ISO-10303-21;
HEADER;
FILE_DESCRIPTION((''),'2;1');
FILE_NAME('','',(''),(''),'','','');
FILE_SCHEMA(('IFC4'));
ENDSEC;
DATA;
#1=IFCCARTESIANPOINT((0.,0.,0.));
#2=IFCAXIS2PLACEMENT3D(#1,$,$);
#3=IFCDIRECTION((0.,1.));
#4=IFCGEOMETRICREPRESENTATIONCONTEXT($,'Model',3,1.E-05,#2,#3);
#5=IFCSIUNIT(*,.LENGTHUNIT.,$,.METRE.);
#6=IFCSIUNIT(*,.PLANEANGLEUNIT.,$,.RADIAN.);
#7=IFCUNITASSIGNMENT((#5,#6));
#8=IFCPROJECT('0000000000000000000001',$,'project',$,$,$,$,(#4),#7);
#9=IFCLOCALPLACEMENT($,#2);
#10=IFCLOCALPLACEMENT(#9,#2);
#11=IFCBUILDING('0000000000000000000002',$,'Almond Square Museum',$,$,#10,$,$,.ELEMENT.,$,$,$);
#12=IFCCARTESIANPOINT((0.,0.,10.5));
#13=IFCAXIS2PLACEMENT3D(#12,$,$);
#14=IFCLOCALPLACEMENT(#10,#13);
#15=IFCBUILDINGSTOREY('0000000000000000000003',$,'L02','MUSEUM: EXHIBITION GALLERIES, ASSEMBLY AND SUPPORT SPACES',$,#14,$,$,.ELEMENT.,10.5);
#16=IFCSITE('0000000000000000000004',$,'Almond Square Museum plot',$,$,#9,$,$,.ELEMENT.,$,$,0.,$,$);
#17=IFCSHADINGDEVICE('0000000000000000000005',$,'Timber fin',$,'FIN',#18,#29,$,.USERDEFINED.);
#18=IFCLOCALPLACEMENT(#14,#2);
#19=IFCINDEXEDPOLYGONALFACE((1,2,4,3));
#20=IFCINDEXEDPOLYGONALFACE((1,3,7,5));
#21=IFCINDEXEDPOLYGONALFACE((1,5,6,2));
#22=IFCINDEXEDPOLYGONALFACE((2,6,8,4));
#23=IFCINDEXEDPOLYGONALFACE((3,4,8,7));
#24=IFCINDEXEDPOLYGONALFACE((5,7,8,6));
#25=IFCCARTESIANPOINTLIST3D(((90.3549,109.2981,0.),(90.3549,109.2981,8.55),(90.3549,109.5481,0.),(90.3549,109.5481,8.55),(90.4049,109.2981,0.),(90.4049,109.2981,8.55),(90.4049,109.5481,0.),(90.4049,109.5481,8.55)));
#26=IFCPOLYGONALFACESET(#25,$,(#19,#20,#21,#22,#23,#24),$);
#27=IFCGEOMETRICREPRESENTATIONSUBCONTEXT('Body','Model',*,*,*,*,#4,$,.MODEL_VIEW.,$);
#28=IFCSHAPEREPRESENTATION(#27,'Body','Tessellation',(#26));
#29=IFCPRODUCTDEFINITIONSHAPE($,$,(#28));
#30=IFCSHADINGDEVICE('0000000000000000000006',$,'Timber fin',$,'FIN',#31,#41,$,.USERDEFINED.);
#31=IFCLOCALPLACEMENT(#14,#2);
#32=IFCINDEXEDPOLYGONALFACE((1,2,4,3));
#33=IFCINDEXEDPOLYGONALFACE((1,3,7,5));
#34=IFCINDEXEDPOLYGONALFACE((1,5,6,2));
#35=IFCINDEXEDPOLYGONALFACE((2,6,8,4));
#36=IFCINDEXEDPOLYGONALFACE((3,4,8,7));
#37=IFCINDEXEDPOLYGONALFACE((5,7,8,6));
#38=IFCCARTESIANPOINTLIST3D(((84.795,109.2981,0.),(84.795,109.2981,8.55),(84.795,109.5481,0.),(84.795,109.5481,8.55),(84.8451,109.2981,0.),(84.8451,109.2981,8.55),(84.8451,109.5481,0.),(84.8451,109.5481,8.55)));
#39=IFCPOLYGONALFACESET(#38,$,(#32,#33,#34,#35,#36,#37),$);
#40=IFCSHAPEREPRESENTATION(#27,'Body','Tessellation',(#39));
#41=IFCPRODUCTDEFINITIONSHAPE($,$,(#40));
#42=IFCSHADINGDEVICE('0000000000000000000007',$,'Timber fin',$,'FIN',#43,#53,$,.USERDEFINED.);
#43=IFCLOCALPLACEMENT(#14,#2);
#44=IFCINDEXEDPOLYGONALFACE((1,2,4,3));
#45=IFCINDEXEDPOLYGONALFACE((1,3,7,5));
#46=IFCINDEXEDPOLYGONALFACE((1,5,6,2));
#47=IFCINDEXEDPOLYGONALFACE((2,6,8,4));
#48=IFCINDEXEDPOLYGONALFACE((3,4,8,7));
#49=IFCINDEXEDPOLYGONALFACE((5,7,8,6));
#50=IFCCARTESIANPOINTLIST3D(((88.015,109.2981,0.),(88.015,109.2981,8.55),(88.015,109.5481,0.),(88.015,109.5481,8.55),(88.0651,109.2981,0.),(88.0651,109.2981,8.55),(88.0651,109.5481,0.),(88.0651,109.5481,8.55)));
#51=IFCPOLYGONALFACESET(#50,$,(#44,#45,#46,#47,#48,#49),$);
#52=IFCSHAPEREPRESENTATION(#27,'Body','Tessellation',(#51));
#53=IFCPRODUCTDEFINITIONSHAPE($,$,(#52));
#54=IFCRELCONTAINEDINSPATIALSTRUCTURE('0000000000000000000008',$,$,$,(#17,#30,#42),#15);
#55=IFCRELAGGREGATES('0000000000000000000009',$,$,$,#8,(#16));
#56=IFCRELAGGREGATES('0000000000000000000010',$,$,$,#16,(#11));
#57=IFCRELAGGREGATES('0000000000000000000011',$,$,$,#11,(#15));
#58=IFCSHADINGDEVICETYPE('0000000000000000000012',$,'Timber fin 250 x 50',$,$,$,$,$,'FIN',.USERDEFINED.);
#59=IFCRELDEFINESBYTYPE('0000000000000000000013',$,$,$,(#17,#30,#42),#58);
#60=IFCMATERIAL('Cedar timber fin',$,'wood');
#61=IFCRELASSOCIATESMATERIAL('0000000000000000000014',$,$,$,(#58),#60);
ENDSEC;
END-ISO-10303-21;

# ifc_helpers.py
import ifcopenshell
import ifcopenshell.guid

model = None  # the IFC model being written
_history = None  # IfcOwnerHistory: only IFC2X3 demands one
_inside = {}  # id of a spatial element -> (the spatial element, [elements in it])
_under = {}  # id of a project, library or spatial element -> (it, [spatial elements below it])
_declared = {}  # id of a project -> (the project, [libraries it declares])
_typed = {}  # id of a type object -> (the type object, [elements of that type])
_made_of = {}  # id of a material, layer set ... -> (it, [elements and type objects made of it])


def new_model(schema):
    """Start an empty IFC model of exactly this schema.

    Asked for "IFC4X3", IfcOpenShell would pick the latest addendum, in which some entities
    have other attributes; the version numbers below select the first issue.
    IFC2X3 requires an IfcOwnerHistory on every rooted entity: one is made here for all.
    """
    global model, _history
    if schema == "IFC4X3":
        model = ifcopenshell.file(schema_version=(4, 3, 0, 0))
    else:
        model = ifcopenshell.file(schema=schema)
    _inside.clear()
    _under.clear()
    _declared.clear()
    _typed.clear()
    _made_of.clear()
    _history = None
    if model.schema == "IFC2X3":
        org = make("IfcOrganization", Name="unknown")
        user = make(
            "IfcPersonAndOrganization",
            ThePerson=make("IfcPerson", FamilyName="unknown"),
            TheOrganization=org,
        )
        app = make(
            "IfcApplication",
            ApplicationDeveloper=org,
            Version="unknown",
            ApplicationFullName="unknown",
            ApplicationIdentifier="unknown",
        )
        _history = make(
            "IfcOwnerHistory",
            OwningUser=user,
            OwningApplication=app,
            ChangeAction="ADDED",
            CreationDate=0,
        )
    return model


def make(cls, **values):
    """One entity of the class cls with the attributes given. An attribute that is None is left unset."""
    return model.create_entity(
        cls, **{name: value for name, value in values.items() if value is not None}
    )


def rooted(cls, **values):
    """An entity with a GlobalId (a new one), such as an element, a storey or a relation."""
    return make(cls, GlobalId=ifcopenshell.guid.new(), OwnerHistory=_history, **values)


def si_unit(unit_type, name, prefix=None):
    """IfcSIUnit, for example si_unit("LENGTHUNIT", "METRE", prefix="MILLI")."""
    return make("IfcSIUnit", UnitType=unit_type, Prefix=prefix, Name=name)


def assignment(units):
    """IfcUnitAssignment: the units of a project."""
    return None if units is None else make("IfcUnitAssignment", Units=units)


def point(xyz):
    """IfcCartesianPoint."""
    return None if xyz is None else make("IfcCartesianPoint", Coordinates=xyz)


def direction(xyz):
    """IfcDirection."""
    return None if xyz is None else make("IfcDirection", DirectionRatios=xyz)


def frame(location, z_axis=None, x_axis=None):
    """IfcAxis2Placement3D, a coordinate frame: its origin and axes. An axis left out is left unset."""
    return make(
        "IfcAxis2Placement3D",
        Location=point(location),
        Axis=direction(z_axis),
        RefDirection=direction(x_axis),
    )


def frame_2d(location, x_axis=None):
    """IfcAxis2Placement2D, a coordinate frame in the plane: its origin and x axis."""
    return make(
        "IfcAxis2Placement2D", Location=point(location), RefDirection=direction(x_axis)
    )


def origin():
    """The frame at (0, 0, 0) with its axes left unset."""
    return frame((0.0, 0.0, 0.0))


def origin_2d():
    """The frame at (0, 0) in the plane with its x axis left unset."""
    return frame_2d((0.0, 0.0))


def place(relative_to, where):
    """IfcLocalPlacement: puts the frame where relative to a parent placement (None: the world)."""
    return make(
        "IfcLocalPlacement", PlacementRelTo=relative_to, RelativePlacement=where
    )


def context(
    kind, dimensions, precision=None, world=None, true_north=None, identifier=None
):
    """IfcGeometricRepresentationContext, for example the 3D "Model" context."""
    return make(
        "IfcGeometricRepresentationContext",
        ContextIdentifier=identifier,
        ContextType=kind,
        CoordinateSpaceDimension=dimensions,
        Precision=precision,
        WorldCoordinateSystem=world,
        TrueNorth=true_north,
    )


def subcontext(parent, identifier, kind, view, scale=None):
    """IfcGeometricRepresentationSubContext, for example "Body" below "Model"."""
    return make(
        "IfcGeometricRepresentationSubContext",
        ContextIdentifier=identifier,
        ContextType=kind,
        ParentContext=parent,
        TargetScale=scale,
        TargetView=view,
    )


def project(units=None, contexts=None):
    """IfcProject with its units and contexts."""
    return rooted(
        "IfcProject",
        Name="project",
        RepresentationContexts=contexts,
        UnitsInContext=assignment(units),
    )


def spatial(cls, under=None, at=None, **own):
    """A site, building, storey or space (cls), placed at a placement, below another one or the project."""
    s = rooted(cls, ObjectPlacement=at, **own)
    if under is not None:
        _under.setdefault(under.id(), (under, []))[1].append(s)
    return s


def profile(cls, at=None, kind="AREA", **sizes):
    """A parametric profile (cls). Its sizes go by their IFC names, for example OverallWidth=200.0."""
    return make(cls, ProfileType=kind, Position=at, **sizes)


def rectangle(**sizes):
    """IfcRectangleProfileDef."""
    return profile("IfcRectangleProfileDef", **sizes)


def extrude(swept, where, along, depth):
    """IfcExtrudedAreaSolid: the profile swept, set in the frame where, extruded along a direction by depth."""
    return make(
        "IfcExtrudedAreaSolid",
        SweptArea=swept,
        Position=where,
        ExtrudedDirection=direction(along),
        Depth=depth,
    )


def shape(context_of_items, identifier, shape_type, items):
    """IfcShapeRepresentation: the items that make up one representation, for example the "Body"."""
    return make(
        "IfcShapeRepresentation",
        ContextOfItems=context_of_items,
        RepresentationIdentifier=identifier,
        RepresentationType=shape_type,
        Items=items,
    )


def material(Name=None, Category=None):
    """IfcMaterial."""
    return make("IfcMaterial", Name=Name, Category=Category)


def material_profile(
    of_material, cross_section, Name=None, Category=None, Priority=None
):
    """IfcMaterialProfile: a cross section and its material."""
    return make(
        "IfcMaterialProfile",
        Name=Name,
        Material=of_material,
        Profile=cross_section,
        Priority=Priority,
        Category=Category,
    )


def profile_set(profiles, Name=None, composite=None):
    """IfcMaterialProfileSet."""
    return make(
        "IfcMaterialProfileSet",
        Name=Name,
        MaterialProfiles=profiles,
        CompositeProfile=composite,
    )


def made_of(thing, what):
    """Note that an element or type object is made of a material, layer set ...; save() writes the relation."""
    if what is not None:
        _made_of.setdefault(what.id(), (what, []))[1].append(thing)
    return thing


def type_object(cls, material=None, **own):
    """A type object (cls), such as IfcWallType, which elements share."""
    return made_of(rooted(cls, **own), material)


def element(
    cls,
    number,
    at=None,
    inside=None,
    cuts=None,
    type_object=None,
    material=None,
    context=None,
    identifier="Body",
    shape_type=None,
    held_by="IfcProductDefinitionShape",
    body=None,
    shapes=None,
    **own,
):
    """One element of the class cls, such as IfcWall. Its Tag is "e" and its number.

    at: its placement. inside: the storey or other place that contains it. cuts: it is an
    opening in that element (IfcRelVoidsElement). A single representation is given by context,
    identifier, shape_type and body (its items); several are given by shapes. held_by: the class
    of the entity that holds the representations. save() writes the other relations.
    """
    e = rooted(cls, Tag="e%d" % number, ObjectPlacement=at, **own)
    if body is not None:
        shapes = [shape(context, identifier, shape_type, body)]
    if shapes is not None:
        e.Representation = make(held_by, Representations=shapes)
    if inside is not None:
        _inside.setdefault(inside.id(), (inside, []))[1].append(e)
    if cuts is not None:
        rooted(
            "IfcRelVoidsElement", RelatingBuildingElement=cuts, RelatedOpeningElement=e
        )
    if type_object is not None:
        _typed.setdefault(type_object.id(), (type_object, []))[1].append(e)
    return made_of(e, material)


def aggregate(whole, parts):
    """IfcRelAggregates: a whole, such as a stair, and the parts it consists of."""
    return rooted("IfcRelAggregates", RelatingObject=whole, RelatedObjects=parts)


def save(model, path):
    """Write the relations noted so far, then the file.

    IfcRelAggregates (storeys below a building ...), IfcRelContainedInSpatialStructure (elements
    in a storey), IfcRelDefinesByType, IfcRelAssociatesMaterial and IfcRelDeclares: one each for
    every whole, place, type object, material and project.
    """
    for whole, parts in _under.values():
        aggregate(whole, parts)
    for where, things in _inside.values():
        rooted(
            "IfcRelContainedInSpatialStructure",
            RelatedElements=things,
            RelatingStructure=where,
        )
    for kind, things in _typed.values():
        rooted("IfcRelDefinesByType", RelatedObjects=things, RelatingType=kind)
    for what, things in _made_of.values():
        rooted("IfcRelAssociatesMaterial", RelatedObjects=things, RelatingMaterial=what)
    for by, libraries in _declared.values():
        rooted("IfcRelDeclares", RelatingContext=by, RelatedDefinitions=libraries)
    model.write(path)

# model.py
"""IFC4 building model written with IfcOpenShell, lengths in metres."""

from ifc_helpers import new_model, si_unit, direction, frame, origin, origin_2d, place, context, subcontext, project, spatial, rectangle, extrude, material, material_profile, profile_set, type_object, element, save


model = new_model("IFC4")

# Units and contexts
model_context = context("Model", 3, precision=1e-05, world=origin(), true_north=direction((0.0, 1.0)))
body_context = subcontext(model_context, "Body", "Model", "MODEL_VIEW")
ifc_project = project(units=[si_unit("LENGTHUNIT", "METRE"), si_unit("PLANEANGLEUNIT", "RADIAN")], contexts=[model_context])

# Site, building, storey
site_placement = place(None, origin())
site = spatial("IfcSite", under=ifc_project, at=site_placement, Name="Almond Square Museum plot", CompositionType="ELEMENT", RefElevation=0.0)
building_placement = place(site_placement, origin())
building = spatial("IfcBuilding", under=site, at=building_placement, Name="Almond Square Museum", CompositionType="ELEMENT")
storey_placement = place(building_placement, frame((0.0, 0.0, 10.5)))
storey = spatial("IfcBuildingStorey", under=building, at=storey_placement, Name="L02", Description="MUSEUM: EXHIBITION GALLERIES, ASSEMBLY AND SUPPORT SPACES", CompositionType="ELEMENT", Elevation=10.5)

# Shading devices
ifc_material_1 = material(Name="Cedar timber fin", Category="wood")
ifc_material_profile_1 = material_profile(ifc_material_1, rectangle(XDim=0.25, YDim=0.05, at=origin_2d()))
ifc_profile_set_1 = profile_set([ifc_material_profile_1], Name="Cedar timber fin")
shading_device_type = type_object("IfcShadingDeviceType", Name="Timber fin 250 x 50", ElementType="FIN", PredefinedType="USERDEFINED", material=ifc_profile_set_1)
for number, where, z_axis, x_axis, name in (
    (1, (90.3799, 109.4231, 0.0), (0.0, 0.0, 1.0), (0.0, 1.0, 0.0), "Timber fin"),
    (2, (84.8201, 109.4231, 0.0), (0.0, 0.0, 1.0), (0.0, 1.0, 0.0), "Timber fin"),
    (3, (88.04, 109.4231, 0.0), (0.0, 0.0, 1.0), (0.0, 1.0, 0.0), "Timber fin"),
):
    element("IfcShadingDevice", number, at=place(storey_placement, frame(where, z_axis=z_axis, x_axis=x_axis)), inside=storey, type_object=shading_device_type, Name=name, ObjectType="FIN", PredefinedType="USERDEFINED", context=body_context, shape_type="SweptSolid", body=[
        extrude(rectangle(XDim=0.25, YDim=0.05, at=origin_2d()), origin(), (0.0, 0.0, 1.0), 8.55),
    ])

save(model, "model.ifc")
